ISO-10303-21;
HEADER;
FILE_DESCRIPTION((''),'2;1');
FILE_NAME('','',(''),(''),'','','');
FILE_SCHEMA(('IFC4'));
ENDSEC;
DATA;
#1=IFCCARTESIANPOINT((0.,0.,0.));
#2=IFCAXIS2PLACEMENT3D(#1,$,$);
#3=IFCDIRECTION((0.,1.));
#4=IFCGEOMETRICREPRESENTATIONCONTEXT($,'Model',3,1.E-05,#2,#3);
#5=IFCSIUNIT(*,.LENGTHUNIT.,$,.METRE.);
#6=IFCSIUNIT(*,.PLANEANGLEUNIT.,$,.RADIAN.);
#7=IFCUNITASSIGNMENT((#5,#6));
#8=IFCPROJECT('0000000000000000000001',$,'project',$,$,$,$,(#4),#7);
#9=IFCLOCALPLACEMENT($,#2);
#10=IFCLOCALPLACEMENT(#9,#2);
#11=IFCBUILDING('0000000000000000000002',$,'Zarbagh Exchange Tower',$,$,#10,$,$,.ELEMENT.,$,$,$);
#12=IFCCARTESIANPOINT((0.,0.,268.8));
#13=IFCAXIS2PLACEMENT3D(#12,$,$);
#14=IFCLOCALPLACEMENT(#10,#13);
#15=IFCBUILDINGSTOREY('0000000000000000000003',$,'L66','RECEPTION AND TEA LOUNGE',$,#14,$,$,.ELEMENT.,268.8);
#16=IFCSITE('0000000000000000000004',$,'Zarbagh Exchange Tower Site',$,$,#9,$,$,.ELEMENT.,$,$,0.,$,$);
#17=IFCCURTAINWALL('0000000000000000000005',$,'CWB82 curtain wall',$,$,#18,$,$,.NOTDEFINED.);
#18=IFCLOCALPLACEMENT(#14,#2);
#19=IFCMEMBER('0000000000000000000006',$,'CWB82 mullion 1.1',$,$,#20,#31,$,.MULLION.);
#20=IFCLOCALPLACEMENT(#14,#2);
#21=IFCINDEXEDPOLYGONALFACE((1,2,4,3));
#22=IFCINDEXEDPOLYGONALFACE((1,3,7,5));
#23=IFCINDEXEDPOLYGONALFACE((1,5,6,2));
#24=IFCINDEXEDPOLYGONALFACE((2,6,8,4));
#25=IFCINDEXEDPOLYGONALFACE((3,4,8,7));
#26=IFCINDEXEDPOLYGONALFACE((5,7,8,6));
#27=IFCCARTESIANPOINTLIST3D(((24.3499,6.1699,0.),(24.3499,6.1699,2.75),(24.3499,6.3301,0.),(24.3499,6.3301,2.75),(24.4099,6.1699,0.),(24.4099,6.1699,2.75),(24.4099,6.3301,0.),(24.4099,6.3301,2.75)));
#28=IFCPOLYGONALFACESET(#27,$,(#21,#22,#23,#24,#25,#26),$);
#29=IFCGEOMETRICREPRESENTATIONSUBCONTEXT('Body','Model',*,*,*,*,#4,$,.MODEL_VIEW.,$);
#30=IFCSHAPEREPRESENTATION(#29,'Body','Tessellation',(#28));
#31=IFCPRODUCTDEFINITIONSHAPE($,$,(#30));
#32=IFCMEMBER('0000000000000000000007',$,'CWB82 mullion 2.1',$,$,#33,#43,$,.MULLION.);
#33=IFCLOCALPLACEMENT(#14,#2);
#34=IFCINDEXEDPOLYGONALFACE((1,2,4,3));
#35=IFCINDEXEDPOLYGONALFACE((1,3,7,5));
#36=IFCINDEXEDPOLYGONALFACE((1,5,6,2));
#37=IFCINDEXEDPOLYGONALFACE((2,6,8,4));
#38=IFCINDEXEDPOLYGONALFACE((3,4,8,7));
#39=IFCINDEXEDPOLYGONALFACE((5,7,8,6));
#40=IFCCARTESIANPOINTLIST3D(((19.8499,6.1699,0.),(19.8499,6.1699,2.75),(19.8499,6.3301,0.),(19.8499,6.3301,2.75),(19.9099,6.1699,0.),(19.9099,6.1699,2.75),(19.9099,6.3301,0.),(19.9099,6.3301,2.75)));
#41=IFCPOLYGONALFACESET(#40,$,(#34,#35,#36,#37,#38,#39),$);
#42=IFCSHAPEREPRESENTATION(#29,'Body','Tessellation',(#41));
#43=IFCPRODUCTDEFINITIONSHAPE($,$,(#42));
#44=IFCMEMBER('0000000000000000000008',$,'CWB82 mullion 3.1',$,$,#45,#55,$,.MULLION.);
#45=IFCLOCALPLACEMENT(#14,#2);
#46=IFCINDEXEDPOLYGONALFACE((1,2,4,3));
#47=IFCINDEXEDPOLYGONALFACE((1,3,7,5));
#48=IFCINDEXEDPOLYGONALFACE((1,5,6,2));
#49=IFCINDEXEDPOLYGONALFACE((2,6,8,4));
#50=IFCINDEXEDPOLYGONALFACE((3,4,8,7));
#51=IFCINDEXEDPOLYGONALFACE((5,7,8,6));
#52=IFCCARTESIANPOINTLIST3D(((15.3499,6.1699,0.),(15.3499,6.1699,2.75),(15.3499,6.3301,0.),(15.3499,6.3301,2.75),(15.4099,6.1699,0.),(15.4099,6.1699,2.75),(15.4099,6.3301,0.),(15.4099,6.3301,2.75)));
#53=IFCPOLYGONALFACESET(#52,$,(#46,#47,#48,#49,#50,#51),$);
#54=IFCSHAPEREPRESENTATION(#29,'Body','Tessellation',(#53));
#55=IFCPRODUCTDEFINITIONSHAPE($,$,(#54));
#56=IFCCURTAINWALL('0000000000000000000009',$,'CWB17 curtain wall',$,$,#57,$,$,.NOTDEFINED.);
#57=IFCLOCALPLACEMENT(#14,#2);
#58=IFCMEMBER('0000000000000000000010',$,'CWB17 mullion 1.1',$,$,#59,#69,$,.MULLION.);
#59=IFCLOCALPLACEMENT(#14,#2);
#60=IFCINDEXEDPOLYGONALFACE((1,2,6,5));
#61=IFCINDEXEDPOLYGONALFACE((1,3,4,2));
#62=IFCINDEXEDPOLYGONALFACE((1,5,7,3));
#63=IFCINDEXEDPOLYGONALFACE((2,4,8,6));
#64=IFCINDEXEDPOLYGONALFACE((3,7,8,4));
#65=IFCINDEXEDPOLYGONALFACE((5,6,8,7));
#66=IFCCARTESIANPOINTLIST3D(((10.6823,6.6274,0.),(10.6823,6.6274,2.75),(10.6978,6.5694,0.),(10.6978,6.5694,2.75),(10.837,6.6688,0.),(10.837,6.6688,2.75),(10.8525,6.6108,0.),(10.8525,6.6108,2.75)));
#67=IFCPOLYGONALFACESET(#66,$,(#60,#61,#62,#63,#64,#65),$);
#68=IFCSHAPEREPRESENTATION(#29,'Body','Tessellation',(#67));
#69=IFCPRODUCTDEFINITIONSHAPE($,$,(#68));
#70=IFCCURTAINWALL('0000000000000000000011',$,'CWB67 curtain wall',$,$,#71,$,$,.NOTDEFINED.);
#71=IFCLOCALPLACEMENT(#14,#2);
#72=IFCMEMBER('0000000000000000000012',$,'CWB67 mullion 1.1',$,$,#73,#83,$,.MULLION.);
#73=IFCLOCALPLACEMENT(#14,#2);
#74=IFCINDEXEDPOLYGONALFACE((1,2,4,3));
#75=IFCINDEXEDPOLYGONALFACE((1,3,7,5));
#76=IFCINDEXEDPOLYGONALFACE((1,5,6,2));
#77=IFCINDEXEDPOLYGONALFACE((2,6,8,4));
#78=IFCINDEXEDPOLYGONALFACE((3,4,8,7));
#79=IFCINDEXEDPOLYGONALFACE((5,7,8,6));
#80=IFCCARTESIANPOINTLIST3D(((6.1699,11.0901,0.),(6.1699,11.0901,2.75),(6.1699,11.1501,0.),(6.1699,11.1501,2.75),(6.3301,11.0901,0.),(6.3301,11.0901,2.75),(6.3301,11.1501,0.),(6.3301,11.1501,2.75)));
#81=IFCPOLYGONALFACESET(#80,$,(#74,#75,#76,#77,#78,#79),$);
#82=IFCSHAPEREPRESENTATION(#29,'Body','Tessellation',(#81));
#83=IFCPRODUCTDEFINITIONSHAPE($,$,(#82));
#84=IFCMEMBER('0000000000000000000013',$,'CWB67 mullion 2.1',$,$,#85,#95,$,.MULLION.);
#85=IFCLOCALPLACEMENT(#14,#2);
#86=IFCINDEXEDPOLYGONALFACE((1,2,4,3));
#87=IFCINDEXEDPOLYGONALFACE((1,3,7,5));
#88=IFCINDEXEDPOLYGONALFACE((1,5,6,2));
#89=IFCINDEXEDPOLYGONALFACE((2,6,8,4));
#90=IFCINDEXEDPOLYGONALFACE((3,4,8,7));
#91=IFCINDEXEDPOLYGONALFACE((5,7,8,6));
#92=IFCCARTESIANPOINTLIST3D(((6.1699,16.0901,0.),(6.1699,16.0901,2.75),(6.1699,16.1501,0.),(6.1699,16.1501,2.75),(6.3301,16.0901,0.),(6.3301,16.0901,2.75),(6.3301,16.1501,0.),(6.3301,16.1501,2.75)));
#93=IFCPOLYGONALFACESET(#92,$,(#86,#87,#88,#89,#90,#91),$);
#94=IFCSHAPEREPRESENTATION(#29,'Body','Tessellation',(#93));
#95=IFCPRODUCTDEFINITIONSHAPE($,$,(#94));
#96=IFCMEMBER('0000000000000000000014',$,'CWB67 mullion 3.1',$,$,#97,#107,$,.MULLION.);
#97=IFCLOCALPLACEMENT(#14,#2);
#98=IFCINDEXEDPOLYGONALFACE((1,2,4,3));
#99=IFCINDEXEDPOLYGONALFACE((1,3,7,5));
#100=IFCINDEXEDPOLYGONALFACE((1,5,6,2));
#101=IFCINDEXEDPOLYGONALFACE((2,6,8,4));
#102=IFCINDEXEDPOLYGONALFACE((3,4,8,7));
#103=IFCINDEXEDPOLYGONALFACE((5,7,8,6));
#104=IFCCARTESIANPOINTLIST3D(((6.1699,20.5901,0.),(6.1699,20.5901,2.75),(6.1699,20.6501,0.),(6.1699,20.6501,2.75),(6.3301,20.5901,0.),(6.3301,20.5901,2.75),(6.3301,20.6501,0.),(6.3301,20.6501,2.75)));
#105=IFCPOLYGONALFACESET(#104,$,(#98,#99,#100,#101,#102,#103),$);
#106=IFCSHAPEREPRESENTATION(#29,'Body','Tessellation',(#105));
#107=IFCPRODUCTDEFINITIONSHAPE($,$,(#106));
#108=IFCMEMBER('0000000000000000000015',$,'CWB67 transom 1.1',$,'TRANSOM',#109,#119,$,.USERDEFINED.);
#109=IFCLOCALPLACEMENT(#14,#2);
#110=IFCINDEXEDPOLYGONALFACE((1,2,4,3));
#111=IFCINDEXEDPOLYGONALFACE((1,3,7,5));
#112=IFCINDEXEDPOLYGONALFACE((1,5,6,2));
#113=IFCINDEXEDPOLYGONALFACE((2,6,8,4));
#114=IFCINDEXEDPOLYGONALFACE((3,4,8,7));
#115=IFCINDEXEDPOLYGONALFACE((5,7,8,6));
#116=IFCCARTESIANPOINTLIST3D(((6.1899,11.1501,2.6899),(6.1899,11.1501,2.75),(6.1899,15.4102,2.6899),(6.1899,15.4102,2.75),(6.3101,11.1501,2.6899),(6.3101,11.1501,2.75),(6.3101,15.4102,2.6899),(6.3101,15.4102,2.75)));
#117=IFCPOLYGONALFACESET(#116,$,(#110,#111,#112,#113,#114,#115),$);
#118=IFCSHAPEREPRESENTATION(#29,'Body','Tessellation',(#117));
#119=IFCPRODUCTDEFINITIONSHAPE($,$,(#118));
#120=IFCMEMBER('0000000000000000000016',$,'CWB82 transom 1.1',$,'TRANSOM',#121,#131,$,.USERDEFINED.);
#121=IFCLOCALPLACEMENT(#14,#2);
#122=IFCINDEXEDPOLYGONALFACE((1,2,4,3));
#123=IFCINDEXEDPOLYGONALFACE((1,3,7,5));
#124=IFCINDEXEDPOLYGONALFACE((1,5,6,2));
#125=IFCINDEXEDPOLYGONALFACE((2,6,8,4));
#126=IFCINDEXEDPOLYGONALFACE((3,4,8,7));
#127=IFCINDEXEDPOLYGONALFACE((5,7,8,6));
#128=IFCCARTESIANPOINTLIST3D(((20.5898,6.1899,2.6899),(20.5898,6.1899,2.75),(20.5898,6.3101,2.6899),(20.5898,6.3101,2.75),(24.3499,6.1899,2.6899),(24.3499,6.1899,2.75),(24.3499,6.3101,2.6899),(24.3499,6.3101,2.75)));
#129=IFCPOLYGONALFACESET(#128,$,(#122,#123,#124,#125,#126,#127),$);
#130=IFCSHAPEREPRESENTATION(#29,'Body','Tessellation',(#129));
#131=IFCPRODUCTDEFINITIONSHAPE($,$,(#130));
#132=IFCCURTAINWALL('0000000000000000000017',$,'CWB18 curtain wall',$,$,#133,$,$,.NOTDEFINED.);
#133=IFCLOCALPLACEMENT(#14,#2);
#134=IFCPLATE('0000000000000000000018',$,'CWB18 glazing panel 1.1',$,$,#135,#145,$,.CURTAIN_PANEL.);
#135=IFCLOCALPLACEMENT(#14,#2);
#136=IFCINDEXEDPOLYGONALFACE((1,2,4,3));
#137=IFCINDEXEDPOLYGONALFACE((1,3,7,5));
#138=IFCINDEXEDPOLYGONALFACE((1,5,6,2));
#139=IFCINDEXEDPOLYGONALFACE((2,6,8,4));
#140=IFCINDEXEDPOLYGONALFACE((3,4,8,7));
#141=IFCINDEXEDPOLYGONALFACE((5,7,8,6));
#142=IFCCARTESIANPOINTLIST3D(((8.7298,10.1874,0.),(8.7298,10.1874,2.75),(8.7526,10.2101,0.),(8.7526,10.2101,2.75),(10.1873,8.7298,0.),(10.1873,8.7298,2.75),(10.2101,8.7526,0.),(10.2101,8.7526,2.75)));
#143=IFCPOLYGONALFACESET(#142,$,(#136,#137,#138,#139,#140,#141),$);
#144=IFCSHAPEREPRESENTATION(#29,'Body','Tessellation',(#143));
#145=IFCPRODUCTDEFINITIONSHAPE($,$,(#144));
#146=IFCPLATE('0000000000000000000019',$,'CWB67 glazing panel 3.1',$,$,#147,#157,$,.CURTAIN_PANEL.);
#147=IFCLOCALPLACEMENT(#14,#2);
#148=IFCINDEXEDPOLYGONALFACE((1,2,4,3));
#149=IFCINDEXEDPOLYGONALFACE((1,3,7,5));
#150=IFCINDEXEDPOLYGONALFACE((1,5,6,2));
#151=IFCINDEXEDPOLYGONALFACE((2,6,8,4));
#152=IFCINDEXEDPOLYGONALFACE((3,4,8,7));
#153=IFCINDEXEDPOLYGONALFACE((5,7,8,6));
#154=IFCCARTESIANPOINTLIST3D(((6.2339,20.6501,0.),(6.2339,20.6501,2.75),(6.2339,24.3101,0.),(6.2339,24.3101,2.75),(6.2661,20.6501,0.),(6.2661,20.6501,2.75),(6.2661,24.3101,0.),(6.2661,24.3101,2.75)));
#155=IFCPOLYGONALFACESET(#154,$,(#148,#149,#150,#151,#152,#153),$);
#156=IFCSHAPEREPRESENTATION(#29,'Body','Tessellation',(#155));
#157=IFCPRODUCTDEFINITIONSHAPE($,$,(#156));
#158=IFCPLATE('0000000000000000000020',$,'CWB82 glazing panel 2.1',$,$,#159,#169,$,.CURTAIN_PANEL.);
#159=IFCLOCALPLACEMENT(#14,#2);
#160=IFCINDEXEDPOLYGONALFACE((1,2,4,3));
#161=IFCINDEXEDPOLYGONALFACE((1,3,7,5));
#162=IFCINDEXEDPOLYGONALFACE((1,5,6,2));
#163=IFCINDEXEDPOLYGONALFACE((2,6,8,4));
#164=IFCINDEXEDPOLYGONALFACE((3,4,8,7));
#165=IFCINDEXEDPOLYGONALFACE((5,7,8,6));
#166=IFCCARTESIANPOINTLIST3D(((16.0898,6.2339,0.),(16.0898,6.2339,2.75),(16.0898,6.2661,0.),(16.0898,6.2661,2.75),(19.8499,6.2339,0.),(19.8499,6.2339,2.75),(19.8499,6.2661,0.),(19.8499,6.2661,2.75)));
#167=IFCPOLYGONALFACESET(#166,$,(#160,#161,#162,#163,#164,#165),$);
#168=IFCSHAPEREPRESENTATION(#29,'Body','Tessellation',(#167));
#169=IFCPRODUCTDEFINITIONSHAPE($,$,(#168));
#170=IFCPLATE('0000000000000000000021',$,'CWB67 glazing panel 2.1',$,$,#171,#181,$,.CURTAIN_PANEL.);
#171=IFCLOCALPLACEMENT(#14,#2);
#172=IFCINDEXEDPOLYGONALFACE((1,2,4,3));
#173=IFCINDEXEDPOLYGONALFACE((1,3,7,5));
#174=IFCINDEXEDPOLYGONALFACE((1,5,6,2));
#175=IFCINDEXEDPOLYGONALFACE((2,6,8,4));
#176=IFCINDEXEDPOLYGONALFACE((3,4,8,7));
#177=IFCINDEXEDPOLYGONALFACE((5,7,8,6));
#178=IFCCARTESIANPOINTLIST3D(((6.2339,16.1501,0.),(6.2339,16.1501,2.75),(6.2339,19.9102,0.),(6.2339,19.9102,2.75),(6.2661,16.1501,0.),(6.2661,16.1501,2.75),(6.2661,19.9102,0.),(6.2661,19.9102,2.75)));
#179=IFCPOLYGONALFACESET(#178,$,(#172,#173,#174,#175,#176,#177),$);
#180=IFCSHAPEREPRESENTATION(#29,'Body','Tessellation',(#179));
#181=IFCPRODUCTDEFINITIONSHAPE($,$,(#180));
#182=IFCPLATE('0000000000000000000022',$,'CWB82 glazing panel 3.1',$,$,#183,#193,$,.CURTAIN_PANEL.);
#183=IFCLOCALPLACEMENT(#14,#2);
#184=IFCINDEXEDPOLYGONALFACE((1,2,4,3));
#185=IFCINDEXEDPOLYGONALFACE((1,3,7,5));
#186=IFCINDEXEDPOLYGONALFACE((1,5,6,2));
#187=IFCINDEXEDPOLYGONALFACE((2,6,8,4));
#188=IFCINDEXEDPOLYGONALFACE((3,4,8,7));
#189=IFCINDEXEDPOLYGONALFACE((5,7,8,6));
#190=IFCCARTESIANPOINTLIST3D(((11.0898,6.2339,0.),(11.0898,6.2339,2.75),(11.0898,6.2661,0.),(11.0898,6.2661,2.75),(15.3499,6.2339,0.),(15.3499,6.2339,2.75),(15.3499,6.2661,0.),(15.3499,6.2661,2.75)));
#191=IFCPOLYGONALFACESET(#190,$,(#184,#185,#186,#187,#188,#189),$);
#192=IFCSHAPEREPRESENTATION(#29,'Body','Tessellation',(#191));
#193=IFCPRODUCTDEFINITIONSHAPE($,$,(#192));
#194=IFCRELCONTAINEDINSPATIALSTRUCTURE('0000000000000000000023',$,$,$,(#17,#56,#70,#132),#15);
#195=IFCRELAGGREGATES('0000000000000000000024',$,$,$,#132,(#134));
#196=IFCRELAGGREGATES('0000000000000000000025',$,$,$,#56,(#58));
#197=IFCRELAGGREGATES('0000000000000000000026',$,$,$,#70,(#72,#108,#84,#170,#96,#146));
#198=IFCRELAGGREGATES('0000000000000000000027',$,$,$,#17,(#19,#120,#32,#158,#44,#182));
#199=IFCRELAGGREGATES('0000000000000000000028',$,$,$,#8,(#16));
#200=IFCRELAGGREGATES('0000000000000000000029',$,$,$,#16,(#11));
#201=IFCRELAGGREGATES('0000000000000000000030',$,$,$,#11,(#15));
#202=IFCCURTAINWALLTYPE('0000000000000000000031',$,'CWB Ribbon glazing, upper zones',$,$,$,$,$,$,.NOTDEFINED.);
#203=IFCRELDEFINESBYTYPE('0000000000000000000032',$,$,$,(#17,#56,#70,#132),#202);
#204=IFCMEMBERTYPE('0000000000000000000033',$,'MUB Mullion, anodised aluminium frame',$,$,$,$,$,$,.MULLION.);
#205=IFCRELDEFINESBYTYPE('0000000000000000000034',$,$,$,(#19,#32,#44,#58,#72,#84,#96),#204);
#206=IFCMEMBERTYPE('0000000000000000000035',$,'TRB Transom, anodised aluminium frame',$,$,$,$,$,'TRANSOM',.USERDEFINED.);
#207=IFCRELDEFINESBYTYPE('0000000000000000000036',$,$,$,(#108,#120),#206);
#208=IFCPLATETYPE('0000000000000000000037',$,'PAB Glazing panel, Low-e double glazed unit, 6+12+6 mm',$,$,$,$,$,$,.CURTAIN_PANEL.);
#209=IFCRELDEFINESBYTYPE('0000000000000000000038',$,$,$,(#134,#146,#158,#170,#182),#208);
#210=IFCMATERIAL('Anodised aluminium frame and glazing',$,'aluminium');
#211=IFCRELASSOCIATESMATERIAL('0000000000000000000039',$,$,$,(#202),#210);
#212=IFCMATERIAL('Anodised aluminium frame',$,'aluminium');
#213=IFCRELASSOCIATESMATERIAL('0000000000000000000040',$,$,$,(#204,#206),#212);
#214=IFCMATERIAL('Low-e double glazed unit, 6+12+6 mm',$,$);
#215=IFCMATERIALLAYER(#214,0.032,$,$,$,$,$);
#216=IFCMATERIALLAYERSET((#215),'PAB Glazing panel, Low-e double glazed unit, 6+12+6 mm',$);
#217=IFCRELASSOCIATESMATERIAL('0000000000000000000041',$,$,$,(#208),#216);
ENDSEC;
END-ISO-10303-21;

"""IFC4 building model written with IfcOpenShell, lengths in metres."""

from ifc_helpers import new_model, si_unit, direction, frame, origin, place, context, subcontext, project, spatial, polyline, outline, extrude, source, transform, mapped, material, layer, layer_set, type_object, element, aggregate, save


model = new_model("IFC4")

# Units and contexts
model_context = context("Model", 3, precision=1e-05, world=origin(), true_north=direction((0.0, 1.0)))
body_context = subcontext(model_context, "Body", "Model", "MODEL_VIEW")
ifc_project = project(units=[si_unit("LENGTHUNIT", "METRE"), si_unit("PLANEANGLEUNIT", "RADIAN")], contexts=[model_context])

# Site, building, storey
site_placement = place(None, origin())
site = spatial("IfcSite", under=ifc_project, at=site_placement, Name="Zarbagh Exchange Tower Site", CompositionType="ELEMENT", RefElevation=0.0)
building_placement = place(site_placement, origin())
building = spatial("IfcBuilding", under=site, at=building_placement, Name="Zarbagh Exchange Tower", CompositionType="ELEMENT")
storey_placement = place(building_placement, frame((0.0, 0.0, 268.8)))
storey = spatial("IfcBuildingStorey", under=building, at=storey_placement, Name="L66", Description="RECEPTION AND TEA LOUNGE", CompositionType="ELEMENT", Elevation=268.8)

# Curtain wall, members
ifc_material_1 = material(Name="Anodised aluminium frame and glazing", Category="aluminium")
curtain_wall_type = type_object("IfcCurtainWallType", Name="CWB Ribbon glazing, upper zones", PredefinedType="NOTDEFINED", material=ifc_material_1)
curtain_wall_1_placement = place(storey_placement, origin())
curtain_wall_1 = element("IfcCurtainWall", 1, at=curtain_wall_1_placement, inside=storey, type_object=curtain_wall_type, Name="CWB82 curtain wall", PredefinedType="NOTDEFINED")
ifc_material_2 = material(Name="Anodised aluminium frame", Category="aluminium")
member_type_1 = type_object("IfcMemberType", Name="MUB Mullion, anodised aluminium frame", PredefinedType="MULLION", material=ifc_material_2)
shared_shape_1 = source(origin(), body_context, "Body", "SweptSolid", [
    extrude(outline(polyline([(0.0, -0.0801), (0.0601, -0.0801), (0.0601, 0.0801), (0.0, 0.0801), (0.0, -0.0801)])), origin(), (0.0, 0.0, 1.0), 2.75),
])
placement = place(storey_placement, origin())
member_1 = element("IfcMember", 2, at=placement, type_object=member_type_1, Name="CWB82 mullion 1.1", PredefinedType="MULLION", context=body_context, shape_type="MappedRepresentation", body=[
    mapped(shared_shape_1, transform((24.4099, 6.25, 0.0), x_axis=(-1.0, 0.0, 0.0), y_axis=(0.0, -1.0, 0.0), z_axis=(0.0, 0.0, 1.0))),
])
member_2 = element("IfcMember", 3, at=placement, type_object=member_type_1, Name="CWB82 mullion 2.1", PredefinedType="MULLION", context=body_context, shape_type="MappedRepresentation", body=[
    mapped(shared_shape_1, transform((19.9099, 6.25, 0.0), x_axis=(-1.0, 0.0, 0.0), y_axis=(0.0, -1.0, 0.0), z_axis=(0.0, 0.0, 1.0))),
])
member_3 = element("IfcMember", 4, at=placement, type_object=member_type_1, Name="CWB82 mullion 3.1", PredefinedType="MULLION", context=body_context, shape_type="MappedRepresentation", body=[
    mapped(shared_shape_1, transform((15.4099, 6.25, 0.0), x_axis=(-1.0, 0.0, 0.0), y_axis=(0.0, -1.0, 0.0), z_axis=(0.0, 0.0, 1.0))),
])

# Curtain wall, member
curtain_wall_2_placement = place(storey_placement, origin())
curtain_wall_2 = element("IfcCurtainWall", 5, at=curtain_wall_2_placement, inside=storey, type_object=curtain_wall_type, Name="CWB17 curtain wall", PredefinedType="NOTDEFINED")
member_4 = element("IfcMember", 6, at=placement, type_object=member_type_1, Name="CWB17 mullion 1.1", PredefinedType="MULLION", context=body_context, shape_type="MappedRepresentation", body=[
    mapped(shared_shape_1, transform((10.7751, 6.5901, 0.0), x_axis=(-0.258825, 0.965924, 0.0), y_axis=(-0.965924, -0.258825, 0.0), z_axis=(0.0, 0.0, 1.0))),
])

# Curtain wall, members
curtain_wall_3_placement = place(storey_placement, origin())
curtain_wall_3 = element("IfcCurtainWall", 7, at=curtain_wall_3_placement, inside=storey, type_object=curtain_wall_type, Name="CWB67 curtain wall", PredefinedType="NOTDEFINED")
member_5 = element("IfcMember", 8, at=placement, type_object=member_type_1, Name="CWB67 mullion 1.1", PredefinedType="MULLION", context=body_context, shape_type="MappedRepresentation", body=[
    mapped(shared_shape_1, transform((6.25, 11.0901, 0.0), x_axis=(0.0, 1.0, 0.0), y_axis=(-1.0, 0.0, 0.0), z_axis=(0.0, 0.0, 1.0))),
])
member_6 = element("IfcMember", 9, at=placement, type_object=member_type_1, Name="CWB67 mullion 2.1", PredefinedType="MULLION", context=body_context, shape_type="MappedRepresentation", body=[
    mapped(shared_shape_1, transform((6.25, 16.0901, 0.0), x_axis=(0.0, 1.0, 0.0), y_axis=(-1.0, 0.0, 0.0), z_axis=(0.0, 0.0, 1.0))),
])
member_7 = element("IfcMember", 10, at=placement, type_object=member_type_1, Name="CWB67 mullion 3.1", PredefinedType="MULLION", context=body_context, shape_type="MappedRepresentation", body=[
    mapped(shared_shape_1, transform((6.25, 20.5901, 0.0), x_axis=(0.0, 1.0, 0.0), y_axis=(-1.0, 0.0, 0.0), z_axis=(0.0, 0.0, 1.0))),
])
member_type_2 = type_object("IfcMemberType", Name="TRB Transom, anodised aluminium frame", ElementType="TRANSOM", PredefinedType="USERDEFINED", material=ifc_material_2)
shared_shape_2 = source(origin(), body_context, "Body", "SweptSolid", [
    extrude(outline(polyline([(-0.0601, -0.0601), (0.0, -0.0601), (0.0, 0.0601), (-0.0601, 0.0601), (-0.0601, -0.0601)])), origin(), (0.0, 0.0, 1.0), 4.26),
])
member_8 = element("IfcMember", 11, at=placement, type_object=member_type_2, Name="CWB67 transom 1.1", ObjectType="TRANSOM", PredefinedType="USERDEFINED", context=body_context, shape_type="MappedRepresentation", body=[
    mapped(shared_shape_2, transform((6.25, 11.1501, 2.75), x_axis=(0.0, 0.0, 1.0), y_axis=(1.0, 0.0, 0.0), z_axis=(0.0, 1.0, 0.0))),
])

# Member
shared_shape_3 = source(origin(), body_context, "Body", "SweptSolid", [
    extrude(outline(polyline([(-0.0601, -0.0601), (0.0, -0.0601), (0.0, 0.0601), (-0.0601, 0.0601), (-0.0601, -0.0601)])), origin(), (0.0, 0.0, 1.0), 3.76),
])
member_9 = element("IfcMember", 12, at=placement, type_object=member_type_2, Name="CWB82 transom 1.1", ObjectType="TRANSOM", PredefinedType="USERDEFINED", context=body_context, shape_type="MappedRepresentation", body=[
    mapped(shared_shape_3, transform((24.3499, 6.25, 2.75), x_axis=(0.0, 0.0, 1.0), y_axis=(0.0, 1.0, 0.0), z_axis=(-1.0, 0.0, 0.0))),
])

# Curtain wall, plate
curtain_wall_4_placement = place(storey_placement, origin())
curtain_wall_4 = element("IfcCurtainWall", 13, at=curtain_wall_4_placement, inside=storey, type_object=curtain_wall_type, Name="CWB18 curtain wall", PredefinedType="NOTDEFINED")
ifc_material_3 = material(Name="Low-e double glazed unit, 6+12+6 mm")
ifc_layer_1 = layer(ifc_material_3, 0.032)
ifc_layer_set_1 = layer_set([ifc_layer_1], Name="PAB Glazing panel, Low-e double glazed unit, 6+12+6 mm")
plate_type = type_object("IfcPlateType", Name="PAB Glazing panel, Low-e double glazed unit, 6+12+6 mm", PredefinedType="CURTAIN_PANEL", material=ifc_layer_set_1)
shared_shape_4 = source(origin(), body_context, "Body", "SweptSolid", [
    extrude(outline(polyline([(0.0, -0.0161), (2.0613, -0.0161), (2.0613, 0.0161), (0.0, 0.0161), (0.0, -0.0161)])), origin(), (0.0, 0.0, 1.0), 2.75),
])
plate_1 = element("IfcPlate", 14, at=placement, type_object=plate_type, Name="CWB18 glazing panel 1.1", PredefinedType="CURTAIN_PANEL", context=body_context, shape_type="MappedRepresentation", body=[
    mapped(shared_shape_4, transform((10.1987, 8.7412, 0.0), x_axis=(-0.707107, 0.707107, 0.0), y_axis=(-0.707107, -0.707107, 0.0), z_axis=(0.0, 0.0, 1.0))),
])
aggregate(curtain_wall_4, [plate_1])

# Plates
shared_shape_5 = source(origin(), body_context, "Body", "SweptSolid", [
    extrude(outline(polyline([(0.0, -0.0161), (3.6599, -0.0161), (3.6599, 0.0161), (0.0, 0.0161), (0.0, -0.0161)])), origin(), (0.0, 0.0, 1.0), 2.75),
])
plate_2 = element("IfcPlate", 15, at=placement, type_object=plate_type, Name="CWB67 glazing panel 3.1", PredefinedType="CURTAIN_PANEL", context=body_context, shape_type="MappedRepresentation", body=[
    mapped(shared_shape_5, transform((6.25, 20.6501, 0.0), x_axis=(0.0, 1.0, 0.0), y_axis=(-1.0, 0.0, 0.0), z_axis=(0.0, 0.0, 1.0))),
])
shared_shape_6 = source(origin(), body_context, "Body", "SweptSolid", [
    extrude(outline(polyline([(0.0, -0.0161), (3.76, -0.0161), (3.76, 0.0161), (0.0, 0.0161), (0.0, -0.0161)])), origin(), (0.0, 0.0, 1.0), 2.75),
])
plate_3 = element("IfcPlate", 16, at=placement, type_object=plate_type, Name="CWB82 glazing panel 2.1", PredefinedType="CURTAIN_PANEL", context=body_context, shape_type="MappedRepresentation", body=[
    mapped(shared_shape_6, transform((19.8499, 6.25, 0.0), x_axis=(-1.0, 0.0, 0.0), y_axis=(0.0, -1.0, 0.0), z_axis=(0.0, 0.0, 1.0))),
])
plate_4 = element("IfcPlate", 17, at=placement, type_object=plate_type, Name="CWB67 glazing panel 2.1", PredefinedType="CURTAIN_PANEL", context=body_context, shape_type="MappedRepresentation", body=[
    mapped(shared_shape_6, transform((6.25, 16.1501, 0.0), x_axis=(0.0, 1.0, 0.0), y_axis=(-1.0, 0.0, 0.0), z_axis=(0.0, 0.0, 1.0))),
])
shared_shape_7 = source(origin(), body_context, "Body", "SweptSolid", [
    extrude(outline(polyline([(0.0, -0.0161), (4.26, -0.0161), (4.26, 0.0161), (0.0, 0.0161), (0.0, -0.0161)])), origin(), (0.0, 0.0, 1.0), 2.75),
])
plate_5 = element("IfcPlate", 18, at=placement, type_object=plate_type, Name="CWB82 glazing panel 3.1", PredefinedType="CURTAIN_PANEL", context=body_context, shape_type="MappedRepresentation", body=[
    mapped(shared_shape_7, transform((15.3499, 6.25, 0.0), x_axis=(-1.0, 0.0, 0.0), y_axis=(0.0, -1.0, 0.0), z_axis=(0.0, 0.0, 1.0))),
])
aggregate(curtain_wall_2, [member_4])

aggregate(curtain_wall_3, [member_5, member_8, member_6, plate_4, member_7, plate_2])
aggregate(curtain_wall_1, [member_1, member_9, member_2, plate_3, member_3, plate_5])

save(model, "model.ifc")
